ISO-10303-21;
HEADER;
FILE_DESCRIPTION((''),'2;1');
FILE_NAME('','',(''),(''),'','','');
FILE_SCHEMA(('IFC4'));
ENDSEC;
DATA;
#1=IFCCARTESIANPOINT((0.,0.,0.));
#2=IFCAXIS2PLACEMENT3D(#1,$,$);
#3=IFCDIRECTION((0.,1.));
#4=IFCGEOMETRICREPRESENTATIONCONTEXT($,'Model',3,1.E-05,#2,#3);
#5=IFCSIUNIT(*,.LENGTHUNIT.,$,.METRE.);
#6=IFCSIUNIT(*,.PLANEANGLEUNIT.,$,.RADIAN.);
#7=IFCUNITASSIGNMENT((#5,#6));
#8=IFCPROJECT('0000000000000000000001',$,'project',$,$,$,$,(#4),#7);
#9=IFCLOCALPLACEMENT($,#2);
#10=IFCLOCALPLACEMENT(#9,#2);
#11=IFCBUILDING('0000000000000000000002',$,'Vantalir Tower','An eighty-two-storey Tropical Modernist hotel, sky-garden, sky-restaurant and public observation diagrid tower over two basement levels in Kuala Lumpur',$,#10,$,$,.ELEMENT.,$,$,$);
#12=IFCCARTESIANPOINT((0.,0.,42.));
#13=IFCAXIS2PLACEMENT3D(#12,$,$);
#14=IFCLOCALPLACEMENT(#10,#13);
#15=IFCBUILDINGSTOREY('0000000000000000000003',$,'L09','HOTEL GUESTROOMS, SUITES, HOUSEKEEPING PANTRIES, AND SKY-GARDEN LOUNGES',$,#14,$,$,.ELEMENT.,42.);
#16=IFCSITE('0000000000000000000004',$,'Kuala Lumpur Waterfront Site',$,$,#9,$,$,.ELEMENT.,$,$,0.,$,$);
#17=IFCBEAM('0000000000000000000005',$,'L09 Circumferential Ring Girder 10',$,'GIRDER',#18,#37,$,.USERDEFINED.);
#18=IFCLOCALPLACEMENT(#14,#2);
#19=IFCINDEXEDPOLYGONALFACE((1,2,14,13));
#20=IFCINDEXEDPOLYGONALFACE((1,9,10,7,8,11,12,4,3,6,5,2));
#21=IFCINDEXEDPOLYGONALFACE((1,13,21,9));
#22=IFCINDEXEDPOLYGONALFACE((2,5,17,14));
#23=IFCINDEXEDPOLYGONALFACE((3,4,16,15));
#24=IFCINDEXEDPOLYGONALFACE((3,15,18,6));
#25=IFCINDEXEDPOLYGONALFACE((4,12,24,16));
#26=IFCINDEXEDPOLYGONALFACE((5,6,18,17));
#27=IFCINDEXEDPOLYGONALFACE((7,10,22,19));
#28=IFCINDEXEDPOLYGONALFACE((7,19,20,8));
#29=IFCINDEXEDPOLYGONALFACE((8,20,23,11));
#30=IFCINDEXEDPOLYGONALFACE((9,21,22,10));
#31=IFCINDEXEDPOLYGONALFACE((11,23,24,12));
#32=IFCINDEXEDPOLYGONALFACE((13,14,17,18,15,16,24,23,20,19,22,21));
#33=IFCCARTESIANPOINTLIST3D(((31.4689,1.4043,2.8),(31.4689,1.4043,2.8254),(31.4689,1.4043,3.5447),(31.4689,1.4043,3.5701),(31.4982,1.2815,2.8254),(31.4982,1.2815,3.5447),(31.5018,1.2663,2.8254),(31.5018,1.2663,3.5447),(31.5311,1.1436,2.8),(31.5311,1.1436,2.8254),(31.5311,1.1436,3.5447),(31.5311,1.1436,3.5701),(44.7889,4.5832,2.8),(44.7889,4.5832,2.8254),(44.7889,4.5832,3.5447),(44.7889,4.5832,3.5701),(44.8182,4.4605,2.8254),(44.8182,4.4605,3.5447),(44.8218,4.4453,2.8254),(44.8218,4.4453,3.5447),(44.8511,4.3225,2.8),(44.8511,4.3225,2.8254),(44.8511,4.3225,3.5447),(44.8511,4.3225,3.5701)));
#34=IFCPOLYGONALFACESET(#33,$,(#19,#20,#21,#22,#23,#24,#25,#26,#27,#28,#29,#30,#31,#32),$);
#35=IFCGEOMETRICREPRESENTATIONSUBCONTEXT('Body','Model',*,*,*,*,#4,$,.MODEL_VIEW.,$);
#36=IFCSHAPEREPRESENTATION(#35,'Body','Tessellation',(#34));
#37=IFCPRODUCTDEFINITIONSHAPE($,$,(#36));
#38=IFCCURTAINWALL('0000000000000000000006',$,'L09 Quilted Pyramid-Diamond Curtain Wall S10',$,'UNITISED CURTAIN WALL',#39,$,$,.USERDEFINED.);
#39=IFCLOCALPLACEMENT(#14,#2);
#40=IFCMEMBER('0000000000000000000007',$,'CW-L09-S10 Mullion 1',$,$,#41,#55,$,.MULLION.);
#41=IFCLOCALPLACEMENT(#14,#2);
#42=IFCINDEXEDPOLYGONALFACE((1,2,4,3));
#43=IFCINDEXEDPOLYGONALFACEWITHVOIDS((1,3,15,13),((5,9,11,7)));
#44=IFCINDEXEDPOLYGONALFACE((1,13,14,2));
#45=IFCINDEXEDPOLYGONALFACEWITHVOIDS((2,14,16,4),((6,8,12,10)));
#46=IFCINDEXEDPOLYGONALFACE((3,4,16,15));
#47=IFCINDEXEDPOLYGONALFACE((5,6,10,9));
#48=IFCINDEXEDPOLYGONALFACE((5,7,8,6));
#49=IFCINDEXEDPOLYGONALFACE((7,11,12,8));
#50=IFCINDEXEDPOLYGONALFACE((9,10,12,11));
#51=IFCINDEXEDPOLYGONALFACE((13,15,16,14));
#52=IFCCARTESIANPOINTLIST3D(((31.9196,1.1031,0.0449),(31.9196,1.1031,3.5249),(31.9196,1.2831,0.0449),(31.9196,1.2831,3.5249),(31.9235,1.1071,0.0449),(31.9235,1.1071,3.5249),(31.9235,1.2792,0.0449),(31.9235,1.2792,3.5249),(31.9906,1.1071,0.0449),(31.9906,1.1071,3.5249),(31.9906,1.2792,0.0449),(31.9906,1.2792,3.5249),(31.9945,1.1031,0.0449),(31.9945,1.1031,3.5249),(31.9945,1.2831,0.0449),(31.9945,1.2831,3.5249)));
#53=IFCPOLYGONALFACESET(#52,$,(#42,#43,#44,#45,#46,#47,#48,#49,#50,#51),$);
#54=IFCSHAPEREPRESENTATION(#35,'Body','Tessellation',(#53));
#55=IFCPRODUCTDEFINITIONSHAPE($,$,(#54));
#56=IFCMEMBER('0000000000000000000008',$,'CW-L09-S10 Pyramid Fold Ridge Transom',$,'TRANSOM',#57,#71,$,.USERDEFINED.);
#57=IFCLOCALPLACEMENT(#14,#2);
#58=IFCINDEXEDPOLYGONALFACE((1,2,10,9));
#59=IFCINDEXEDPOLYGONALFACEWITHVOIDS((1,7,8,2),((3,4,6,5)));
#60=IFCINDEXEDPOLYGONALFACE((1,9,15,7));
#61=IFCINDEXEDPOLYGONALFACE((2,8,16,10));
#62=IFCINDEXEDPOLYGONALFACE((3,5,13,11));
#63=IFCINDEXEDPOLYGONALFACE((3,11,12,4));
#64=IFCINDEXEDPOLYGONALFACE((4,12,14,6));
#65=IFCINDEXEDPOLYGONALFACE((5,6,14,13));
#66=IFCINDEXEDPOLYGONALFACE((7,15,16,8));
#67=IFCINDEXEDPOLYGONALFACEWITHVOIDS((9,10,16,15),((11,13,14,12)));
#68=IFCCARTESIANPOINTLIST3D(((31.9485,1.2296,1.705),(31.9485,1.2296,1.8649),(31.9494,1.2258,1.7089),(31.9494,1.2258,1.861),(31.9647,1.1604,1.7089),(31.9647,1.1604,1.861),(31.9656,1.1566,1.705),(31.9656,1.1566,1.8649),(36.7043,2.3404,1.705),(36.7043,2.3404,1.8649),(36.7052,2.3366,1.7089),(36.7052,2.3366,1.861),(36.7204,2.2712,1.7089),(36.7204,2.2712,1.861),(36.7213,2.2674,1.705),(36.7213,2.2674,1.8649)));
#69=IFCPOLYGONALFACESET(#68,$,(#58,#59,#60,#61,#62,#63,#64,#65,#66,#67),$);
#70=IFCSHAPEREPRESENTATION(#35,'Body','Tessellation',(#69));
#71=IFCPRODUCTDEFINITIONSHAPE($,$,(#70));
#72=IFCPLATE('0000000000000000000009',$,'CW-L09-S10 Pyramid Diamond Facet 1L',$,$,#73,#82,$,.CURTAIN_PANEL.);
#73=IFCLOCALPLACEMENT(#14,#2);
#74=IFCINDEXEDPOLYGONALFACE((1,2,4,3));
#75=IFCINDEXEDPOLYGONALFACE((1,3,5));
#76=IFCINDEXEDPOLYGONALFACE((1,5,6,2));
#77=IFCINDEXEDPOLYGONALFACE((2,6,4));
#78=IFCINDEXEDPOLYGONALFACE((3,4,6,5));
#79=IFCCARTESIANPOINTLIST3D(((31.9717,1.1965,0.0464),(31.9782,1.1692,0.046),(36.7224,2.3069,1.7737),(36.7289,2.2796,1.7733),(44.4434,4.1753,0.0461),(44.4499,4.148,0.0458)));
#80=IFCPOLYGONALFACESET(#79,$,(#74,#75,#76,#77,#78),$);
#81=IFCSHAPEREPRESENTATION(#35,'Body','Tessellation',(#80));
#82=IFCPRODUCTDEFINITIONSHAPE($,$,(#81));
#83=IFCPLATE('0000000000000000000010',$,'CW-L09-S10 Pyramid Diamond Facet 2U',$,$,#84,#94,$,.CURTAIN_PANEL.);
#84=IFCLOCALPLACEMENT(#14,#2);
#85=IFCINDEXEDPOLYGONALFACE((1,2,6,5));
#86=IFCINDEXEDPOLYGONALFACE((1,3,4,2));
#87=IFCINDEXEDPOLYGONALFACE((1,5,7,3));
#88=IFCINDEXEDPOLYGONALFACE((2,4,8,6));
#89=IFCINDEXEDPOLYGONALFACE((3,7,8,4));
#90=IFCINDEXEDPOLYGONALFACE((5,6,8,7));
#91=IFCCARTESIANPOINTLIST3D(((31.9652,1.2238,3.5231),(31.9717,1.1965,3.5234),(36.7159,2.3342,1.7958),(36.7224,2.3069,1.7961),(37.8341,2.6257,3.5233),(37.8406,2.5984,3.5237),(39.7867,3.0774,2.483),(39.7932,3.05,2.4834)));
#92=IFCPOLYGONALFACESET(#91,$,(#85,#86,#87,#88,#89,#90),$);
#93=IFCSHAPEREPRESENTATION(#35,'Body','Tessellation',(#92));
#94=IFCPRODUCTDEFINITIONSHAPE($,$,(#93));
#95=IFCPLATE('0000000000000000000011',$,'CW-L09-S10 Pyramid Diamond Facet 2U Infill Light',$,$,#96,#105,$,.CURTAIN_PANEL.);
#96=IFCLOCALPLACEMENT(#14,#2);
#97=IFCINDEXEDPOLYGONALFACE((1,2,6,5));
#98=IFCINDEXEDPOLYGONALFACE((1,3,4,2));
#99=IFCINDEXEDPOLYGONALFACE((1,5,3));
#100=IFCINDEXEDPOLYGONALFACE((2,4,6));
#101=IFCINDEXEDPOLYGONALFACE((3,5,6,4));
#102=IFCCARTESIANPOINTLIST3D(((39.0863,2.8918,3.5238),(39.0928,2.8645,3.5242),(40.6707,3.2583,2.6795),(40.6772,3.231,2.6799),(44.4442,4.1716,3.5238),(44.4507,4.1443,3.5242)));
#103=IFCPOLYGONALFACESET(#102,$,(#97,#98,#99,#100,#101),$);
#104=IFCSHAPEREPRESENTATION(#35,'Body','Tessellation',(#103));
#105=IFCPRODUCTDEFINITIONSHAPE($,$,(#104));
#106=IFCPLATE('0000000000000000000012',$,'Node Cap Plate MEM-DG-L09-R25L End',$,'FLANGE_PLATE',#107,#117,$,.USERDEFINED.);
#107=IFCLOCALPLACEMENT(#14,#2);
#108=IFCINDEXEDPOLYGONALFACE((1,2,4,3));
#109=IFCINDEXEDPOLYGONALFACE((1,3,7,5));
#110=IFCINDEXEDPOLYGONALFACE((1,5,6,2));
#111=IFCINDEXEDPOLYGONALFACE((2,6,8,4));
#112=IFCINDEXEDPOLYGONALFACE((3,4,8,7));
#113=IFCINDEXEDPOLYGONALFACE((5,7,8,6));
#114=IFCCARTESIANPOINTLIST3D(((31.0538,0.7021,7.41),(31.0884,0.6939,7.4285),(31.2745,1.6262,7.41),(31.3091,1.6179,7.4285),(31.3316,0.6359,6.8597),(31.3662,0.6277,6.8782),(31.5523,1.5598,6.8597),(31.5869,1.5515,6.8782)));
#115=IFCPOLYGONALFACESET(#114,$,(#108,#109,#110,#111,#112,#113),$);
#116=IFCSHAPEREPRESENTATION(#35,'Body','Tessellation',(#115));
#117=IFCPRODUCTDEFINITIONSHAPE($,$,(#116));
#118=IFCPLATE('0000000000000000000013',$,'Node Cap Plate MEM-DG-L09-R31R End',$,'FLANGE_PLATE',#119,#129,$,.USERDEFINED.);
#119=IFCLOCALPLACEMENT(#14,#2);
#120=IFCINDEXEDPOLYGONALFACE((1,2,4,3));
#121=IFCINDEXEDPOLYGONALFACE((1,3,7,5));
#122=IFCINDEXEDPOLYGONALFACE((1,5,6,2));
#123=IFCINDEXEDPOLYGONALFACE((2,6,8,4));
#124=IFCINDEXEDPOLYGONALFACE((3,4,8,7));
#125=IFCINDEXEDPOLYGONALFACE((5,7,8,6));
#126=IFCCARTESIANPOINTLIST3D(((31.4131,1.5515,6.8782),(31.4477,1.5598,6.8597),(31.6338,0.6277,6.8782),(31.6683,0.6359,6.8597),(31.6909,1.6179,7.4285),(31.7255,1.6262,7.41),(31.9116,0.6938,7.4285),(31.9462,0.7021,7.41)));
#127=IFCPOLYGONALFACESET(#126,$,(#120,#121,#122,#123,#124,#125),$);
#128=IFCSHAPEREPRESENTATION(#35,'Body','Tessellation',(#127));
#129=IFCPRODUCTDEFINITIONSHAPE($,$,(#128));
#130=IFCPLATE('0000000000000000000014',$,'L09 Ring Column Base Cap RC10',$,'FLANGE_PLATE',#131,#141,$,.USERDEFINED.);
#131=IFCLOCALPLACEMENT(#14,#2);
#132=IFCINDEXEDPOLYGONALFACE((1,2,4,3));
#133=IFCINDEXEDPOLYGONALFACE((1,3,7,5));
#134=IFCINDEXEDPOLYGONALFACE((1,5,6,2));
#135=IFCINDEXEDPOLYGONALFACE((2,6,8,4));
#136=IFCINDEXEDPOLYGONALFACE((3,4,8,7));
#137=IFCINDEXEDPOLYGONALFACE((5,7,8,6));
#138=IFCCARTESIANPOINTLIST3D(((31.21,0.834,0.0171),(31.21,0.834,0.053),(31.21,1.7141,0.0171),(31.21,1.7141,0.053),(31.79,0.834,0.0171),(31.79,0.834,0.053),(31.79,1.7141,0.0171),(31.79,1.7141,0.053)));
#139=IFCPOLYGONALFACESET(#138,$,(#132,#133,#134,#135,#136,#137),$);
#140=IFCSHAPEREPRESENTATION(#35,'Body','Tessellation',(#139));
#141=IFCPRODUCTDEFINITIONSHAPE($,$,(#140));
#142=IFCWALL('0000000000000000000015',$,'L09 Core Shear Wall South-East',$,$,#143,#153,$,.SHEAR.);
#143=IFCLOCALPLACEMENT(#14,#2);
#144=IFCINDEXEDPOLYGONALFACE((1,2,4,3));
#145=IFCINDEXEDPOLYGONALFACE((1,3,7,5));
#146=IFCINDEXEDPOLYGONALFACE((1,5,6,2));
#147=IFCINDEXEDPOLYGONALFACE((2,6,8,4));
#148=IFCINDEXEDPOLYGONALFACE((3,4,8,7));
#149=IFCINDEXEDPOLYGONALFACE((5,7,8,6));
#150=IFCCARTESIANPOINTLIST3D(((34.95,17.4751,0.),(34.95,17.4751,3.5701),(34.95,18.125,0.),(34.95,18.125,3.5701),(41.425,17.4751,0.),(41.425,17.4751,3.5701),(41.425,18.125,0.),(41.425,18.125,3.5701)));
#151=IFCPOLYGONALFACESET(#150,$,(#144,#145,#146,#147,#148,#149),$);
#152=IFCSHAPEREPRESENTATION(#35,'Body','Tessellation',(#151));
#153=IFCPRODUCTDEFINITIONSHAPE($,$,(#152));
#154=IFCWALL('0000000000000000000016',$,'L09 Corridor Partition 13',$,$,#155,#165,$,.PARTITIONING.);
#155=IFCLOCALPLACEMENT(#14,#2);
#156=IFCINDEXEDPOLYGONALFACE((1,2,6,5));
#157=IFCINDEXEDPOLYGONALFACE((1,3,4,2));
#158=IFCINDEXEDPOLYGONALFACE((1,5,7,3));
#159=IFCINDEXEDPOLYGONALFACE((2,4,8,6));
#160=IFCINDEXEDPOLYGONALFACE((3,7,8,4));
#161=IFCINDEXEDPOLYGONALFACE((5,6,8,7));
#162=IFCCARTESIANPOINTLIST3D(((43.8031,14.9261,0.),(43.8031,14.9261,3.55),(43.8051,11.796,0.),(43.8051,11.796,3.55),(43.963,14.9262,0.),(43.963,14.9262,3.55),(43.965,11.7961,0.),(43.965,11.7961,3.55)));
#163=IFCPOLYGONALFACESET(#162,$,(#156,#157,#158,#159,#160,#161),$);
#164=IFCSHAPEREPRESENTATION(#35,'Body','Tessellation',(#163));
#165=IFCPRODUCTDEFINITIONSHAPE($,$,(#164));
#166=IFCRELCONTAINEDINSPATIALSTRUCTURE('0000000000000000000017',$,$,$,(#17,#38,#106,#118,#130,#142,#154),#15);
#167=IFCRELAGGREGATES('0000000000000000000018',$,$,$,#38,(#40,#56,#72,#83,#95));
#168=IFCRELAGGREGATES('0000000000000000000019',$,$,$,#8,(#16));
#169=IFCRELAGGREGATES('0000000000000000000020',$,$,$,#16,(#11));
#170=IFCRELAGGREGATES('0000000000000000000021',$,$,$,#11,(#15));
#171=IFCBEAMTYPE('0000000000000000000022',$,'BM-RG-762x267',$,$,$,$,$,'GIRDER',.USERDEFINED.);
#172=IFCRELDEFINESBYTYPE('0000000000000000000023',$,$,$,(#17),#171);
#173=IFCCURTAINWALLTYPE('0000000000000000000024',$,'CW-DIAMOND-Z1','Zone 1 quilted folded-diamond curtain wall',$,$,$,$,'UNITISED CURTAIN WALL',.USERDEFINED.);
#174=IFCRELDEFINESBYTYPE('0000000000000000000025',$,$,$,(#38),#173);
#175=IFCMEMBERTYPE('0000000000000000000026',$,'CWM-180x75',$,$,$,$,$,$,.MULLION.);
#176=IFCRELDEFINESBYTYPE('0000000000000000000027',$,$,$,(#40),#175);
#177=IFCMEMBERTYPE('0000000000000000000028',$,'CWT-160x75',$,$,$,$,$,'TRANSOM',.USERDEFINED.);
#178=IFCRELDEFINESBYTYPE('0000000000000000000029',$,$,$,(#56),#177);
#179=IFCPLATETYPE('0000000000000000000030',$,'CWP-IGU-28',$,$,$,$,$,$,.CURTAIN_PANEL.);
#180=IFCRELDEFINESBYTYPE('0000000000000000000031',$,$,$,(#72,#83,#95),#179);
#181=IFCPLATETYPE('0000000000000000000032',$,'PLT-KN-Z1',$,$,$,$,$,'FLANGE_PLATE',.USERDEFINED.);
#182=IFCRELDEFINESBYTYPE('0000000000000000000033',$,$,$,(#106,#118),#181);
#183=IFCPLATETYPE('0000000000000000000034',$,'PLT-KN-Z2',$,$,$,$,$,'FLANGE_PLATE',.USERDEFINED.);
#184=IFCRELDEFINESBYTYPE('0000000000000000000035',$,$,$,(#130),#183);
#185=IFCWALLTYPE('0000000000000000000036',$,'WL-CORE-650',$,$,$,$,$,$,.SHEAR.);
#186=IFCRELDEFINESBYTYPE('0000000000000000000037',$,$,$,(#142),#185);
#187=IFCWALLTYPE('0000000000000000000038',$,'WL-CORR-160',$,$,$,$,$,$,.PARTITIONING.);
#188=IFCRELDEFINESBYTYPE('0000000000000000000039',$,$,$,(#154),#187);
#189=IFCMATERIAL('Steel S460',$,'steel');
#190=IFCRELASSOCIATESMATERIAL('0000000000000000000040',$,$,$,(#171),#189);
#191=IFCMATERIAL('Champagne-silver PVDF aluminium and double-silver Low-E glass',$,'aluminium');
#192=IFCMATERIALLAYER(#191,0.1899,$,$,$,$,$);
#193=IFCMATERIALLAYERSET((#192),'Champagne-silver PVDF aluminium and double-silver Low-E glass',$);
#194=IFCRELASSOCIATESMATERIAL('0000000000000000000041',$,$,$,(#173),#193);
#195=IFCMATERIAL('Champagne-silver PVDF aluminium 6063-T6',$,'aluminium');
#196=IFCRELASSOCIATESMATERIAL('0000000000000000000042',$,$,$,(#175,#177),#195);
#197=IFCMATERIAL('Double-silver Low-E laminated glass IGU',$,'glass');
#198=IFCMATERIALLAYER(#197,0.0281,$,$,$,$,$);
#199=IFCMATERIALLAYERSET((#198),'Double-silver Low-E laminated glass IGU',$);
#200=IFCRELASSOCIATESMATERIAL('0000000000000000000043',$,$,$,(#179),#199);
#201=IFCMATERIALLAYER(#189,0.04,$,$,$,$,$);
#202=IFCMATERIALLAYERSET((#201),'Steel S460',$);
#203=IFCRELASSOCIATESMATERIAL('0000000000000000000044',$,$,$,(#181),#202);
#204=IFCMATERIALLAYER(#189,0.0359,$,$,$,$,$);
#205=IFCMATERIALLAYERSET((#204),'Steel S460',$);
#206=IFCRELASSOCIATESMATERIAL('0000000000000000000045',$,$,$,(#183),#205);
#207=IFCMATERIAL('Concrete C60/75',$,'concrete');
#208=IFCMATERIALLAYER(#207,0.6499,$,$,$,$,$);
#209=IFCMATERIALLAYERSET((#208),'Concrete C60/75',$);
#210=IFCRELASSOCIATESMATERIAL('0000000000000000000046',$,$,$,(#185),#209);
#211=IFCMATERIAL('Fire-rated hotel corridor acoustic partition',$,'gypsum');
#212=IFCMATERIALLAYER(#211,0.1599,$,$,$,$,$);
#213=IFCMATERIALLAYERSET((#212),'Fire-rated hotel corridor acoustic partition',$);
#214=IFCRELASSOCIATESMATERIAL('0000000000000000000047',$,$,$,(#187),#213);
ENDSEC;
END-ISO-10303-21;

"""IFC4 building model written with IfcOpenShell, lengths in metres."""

from ifc_helpers import new_model, si_unit, direction, frame, frame_2d, origin, origin_2d, place, context, subcontext, project, spatial, polyline, rectangle, hollow_rectangle, i_section, outline, extrude, material, layer, layer_set, material_profile, profile_set, type_object, element, aggregate, save


model = new_model("IFC4")

# Units and contexts
model_context = context("Model", 3, precision=1e-05, world=origin(), true_north=direction((0.0, 1.0)))
body_context = subcontext(model_context, "Body", "Model", "MODEL_VIEW")
ifc_project = project(units=[si_unit("LENGTHUNIT", "METRE"), si_unit("PLANEANGLEUNIT", "RADIAN")], contexts=[model_context])

# Site, building, storey
site_placement = place(None, origin())
site = spatial("IfcSite", under=ifc_project, at=site_placement, Name="Kuala Lumpur Waterfront Site", CompositionType="ELEMENT", RefElevation=0.0)
building_placement = place(site_placement, origin())
building = spatial("IfcBuilding", under=site, at=building_placement, Name="Vantalir Tower", Description="An eighty-two-storey Tropical Modernist hotel, sky-garden, sky-restaurant and public observation diagrid tower over two basement levels in Kuala Lumpur", CompositionType="ELEMENT")
storey_placement = place(building_placement, frame((0.0, 0.0, 42.0)))
storey = spatial("IfcBuildingStorey", under=building, at=storey_placement, Name="L09", Description="HOTEL GUESTROOMS, SUITES, HOUSEKEEPING PANTRIES, AND SKY-GARDEN LOUNGES", CompositionType="ELEMENT", Elevation=42.0)

# Shared definitions
ifc_material_1 = material(Name="Concrete C60/75", Category="concrete")
ifc_material_2 = material(Name="Steel S460", Category="steel")

# Beam
ifc_material_profile_1 = material_profile(ifc_material_2, i_section(OverallWidth=0.2681, OverallDepth=0.77, WebThickness=0.0156, FlangeThickness=0.0254, at=origin_2d()), Name="Steel S460")
ifc_profile_set_1 = profile_set([ifc_material_profile_1], Name="Steel S460")
beam_type_1 = type_object("IfcBeamType", Name="BM-RG-762x267", ElementType="GIRDER", PredefinedType="USERDEFINED", material=ifc_profile_set_1)
beam_1_placement = place(storey_placement, frame((31.5, 1.2739, 3.1851), z_axis=(0.972683, 0.232139, 0.0), x_axis=(-0.232139, 0.972683, 0.0)))
element("IfcBeam", 1, at=beam_1_placement, inside=storey, type_object=beam_type_1, Name="L09 Circumferential Ring Girder 10", ObjectType="GIRDER", PredefinedType="USERDEFINED", context=body_context, shape_type="SweptSolid", body=[
    extrude(i_section(OverallWidth=0.2681, OverallDepth=0.77, WebThickness=0.0156, FlangeThickness=0.0254, at=origin_2d()), origin(), (0.0, 0.0, 1.0), 13.6941),
])

# Curtain wall, members, plates
ifc_material_3 = material(Name="Champagne-silver PVDF aluminium and double-silver Low-E glass", Category="aluminium")
ifc_layer_1 = layer(ifc_material_3, 0.1899)
ifc_layer_set_1 = layer_set([ifc_layer_1], Name="Champagne-silver PVDF aluminium and double-silver Low-E glass")
curtain_wall_type = type_object("IfcCurtainWallType", Name="CW-DIAMOND-Z1", Description="Zone 1 quilted folded-diamond curtain wall", ElementType="UNITISED CURTAIN WALL", PredefinedType="USERDEFINED", material=ifc_layer_set_1)
curtain_wall_placement = place(storey_placement, origin())
curtain_wall = element("IfcCurtainWall", 2, at=curtain_wall_placement, inside=storey, type_object=curtain_wall_type, Name="L09 Quilted Pyramid-Diamond Curtain Wall S10", ObjectType="UNITISED CURTAIN WALL", PredefinedType="USERDEFINED")
ifc_material_4 = material(Name="Champagne-silver PVDF aluminium 6063-T6", Category="aluminium")
ifc_material_profile_2 = material_profile(ifc_material_4, hollow_rectangle(XDim=0.075, YDim=0.1799, WallThickness=0.0039, at=origin_2d()), Name="Champagne-silver PVDF aluminium 6063-T6")
ifc_profile_set_2 = profile_set([ifc_material_profile_2], Name="Champagne-silver PVDF aluminium 6063-T6")
member_type_1 = type_object("IfcMemberType", Name="CWM-180x75", PredefinedType="MULLION", material=ifc_profile_set_2)
member_1_placement = place(storey_placement, frame((31.957, 1.1931, 0.0449), z_axis=(0.0, 0.0, 1.0), x_axis=(1.0, 0.0, 0.0)))
member_1 = element("IfcMember", 3, at=member_1_placement, type_object=member_type_1, Name="CW-L09-S10 Mullion 1", PredefinedType="MULLION", context=body_context, shape_type="SweptSolid", body=[
    extrude(hollow_rectangle(XDim=0.075, YDim=0.1799, WallThickness=0.0039, at=origin_2d()), origin(), (0.0, 0.0, 1.0), 3.48),
])
ifc_material_profile_3 = material_profile(ifc_material_4, hollow_rectangle(XDim=0.075, YDim=0.1599, WallThickness=0.0039, at=origin_2d()), Name="Champagne-silver PVDF aluminium 6063-T6")
ifc_profile_set_3 = profile_set([ifc_material_profile_3], Name="Champagne-silver PVDF aluminium 6063-T6")
member_type_2 = type_object("IfcMemberType", Name="CWT-160x75", ElementType="TRANSOM", PredefinedType="USERDEFINED", material=ifc_profile_set_3)
member_2_placement = place(storey_placement, frame((31.957, 1.1931, 1.7849), z_axis=(0.97379, 0.227451, 0.0), x_axis=(-0.227451, 0.97379, 0.0)))
member_2 = element("IfcMember", 4, at=member_2_placement, type_object=member_type_2, Name="CW-L09-S10 Pyramid Fold Ridge Transom", ObjectType="TRANSOM", PredefinedType="USERDEFINED", context=body_context, shape_type="SweptSolid", body=[
    extrude(hollow_rectangle(XDim=0.075, YDim=0.1599, WallThickness=0.0039, at=origin_2d()), origin(), (0.0, 0.0, 1.0), 4.8838),
])
ifc_material_5 = material(Name="Double-silver Low-E laminated glass IGU", Category="glass")
ifc_layer_2 = layer(ifc_material_5, 0.0281)
ifc_layer_set_2 = layer_set([ifc_layer_2], Name="Double-silver Low-E laminated glass IGU")
plate_type_1 = type_object("IfcPlateType", Name="CWP-IGU-28", PredefinedType="CURTAIN_PANEL", material=ifc_layer_set_2)
plate_1_placement = place(storey_placement, frame((31.9717, 1.1965, 0.0464), z_axis=(-0.232286, 0.972551, 0.013694), x_axis=(0.972642, 0.232308, -0.000019)))
plate_1 = element("IfcPlate", 5, at=plate_1_placement, type_object=plate_type_1, Name="CW-L09-S10 Pyramid Diamond Facet 1L", PredefinedType="CURTAIN_PANEL", context=body_context, shape_type="SweptSolid", body=[
    extrude(outline(polyline([(0.0, 0.0), (12.8225, 0.0), (4.8787, -1.7275), (0.0, 0.0)])), origin(), (0.0, 0.0, -1.0), 0.0281),
])
plate_2_placement = place(storey_placement, frame((31.9717, 1.1965, 3.5234), z_axis=(0.232299, -0.972547, 0.01375), x_axis=(0.972639, 0.232321, 0.000041)))
plate_2 = element("IfcPlate", 6, at=plate_2_placement, type_object=plate_type_1, Name="CW-L09-S10 Pyramid Diamond Facet 2U", PredefinedType="CURTAIN_PANEL", context=body_context, shape_type="SweptSolid", body=[
    extrude(outline(polyline([(0.0, 0.0), (6.034, 0.0), (8.0381, -1.0405), (4.8786, -1.7277), (0.0, 0.0)])), origin(), (0.0, 0.0, -1.0), 0.0281),
])
plate_3_placement = place(storey_placement, frame((39.0928, 2.8645, 3.5242), z_axis=(0.232301, -0.972545, 0.013836), x_axis=(0.972639, 0.232323, 0.0)))
plate_3 = element("IfcPlate", 7, at=plate_3_placement, type_object=plate_type_1, Name="CW-L09-S10 Pyramid Diamond Facet 2U Infill Light", PredefinedType="CURTAIN_PANEL", context=body_context, shape_type="SweptSolid", body=[
    extrude(outline(polyline([(0.0, 0.0), (5.5086, 0.0), (1.6263, -0.8443), (0.0, 0.0)])), origin(), (0.0, 0.0, -1.0), 0.0281),
])
aggregate(curtain_wall, [member_1, member_2, plate_1, plate_2, plate_3])

# Plates
ifc_layer_3 = layer(ifc_material_2, 0.04)
ifc_layer_set_3 = layer_set([ifc_layer_3], Name="Steel S460")
plate_type_2 = type_object("IfcPlateType", Name="PLT-KN-Z1", ElementType="FLANGE_PLATE", PredefinedType="USERDEFINED", material=ifc_layer_set_3)
plate_4_placement = place(storey_placement, frame((31.3662, 0.6277, 6.8782), z_axis=(0.863275, -0.20621, 0.460689), x_axis=(0.232339, 0.972635, -0.000012)))
element("IfcPlate", 8, at=plate_4_placement, inside=storey, type_object=plate_type_2, Name="Node Cap Plate MEM-DG-L09-R25L End", ObjectType="FLANGE_PLATE", PredefinedType="USERDEFINED", context=body_context, shape_type="SweptSolid", body=[
    extrude(outline(polyline([(0.0, 0.0), (0.9498, 0.0), (0.9499, 0.62), (-0.0002, 0.62), (0.0, 0.0)])), origin(), (0.0, 0.0, -1.0), 0.04),
])
plate_5_placement = place(storey_placement, frame((31.4131, 1.5515, 6.8782), z_axis=(-0.863275, -0.20621, 0.460689), x_axis=(0.232339, -0.972635, 0.000012)))
element("IfcPlate", 9, at=plate_5_placement, inside=storey, type_object=plate_type_2, Name="Node Cap Plate MEM-DG-L09-R31R End", ObjectType="FLANGE_PLATE", PredefinedType="USERDEFINED", context=body_context, shape_type="SweptSolid", body=[
    extrude(outline(polyline([(0.0, 0.0), (0.9498, 0.0), (0.95, 0.62), (0.0, 0.62), (0.0, 0.0)])), origin(), (0.0, 0.0, -1.0), 0.04),
])
ifc_layer_4 = layer(ifc_material_2, 0.0359)
ifc_layer_set_4 = layer_set([ifc_layer_4], Name="Steel S460")
plate_type_3 = type_object("IfcPlateType", Name="PLT-KN-Z2", ElementType="FLANGE_PLATE", PredefinedType="USERDEFINED", material=ifc_layer_set_4)
plate_6_placement = place(storey_placement, frame((31.21, 1.7141, 0.053), z_axis=(0.0, 0.0, 1.0), x_axis=(0.0, -1.0, 0.0)))
element("IfcPlate", 10, at=plate_6_placement, inside=storey, type_object=plate_type_3, Name="L09 Ring Column Base Cap RC10", ObjectType="FLANGE_PLATE", PredefinedType="USERDEFINED", context=body_context, shape_type="SweptSolid", body=[
    extrude(outline(polyline([(0.0, 0.0), (0.8801, 0.0), (0.8801, 0.5801), (0.0, 0.5801), (0.0, 0.0)])), origin(), (0.0, 0.0, -1.0), 0.0359),
])

# Walls
ifc_layer_5 = layer(ifc_material_1, 0.6499)
ifc_layer_set_5 = layer_set([ifc_layer_5], Name="Concrete C60/75")
wall_type_1 = type_object("IfcWallType", Name="WL-CORE-650", PredefinedType="SHEAR", material=ifc_layer_set_5)
wall_1_placement = place(storey_placement, frame((34.95, 17.8, 0.0), z_axis=(0.0, 0.0, 1.0), x_axis=(1.0, 0.0, 0.0)))
element("IfcWall", 11, at=wall_1_placement, inside=storey, type_object=wall_type_1, Name="L09 Core Shear Wall South-East", PredefinedType="SHEAR", context=body_context, shape_type="SweptSolid", body=[
    extrude(rectangle(XDim=6.4751, YDim=0.6499, at=frame_2d((3.2375, 0.0))), origin(), (0.0, 0.0, 1.0), 3.5701),
])
ifc_material_6 = material(Name="Fire-rated hotel corridor acoustic partition", Category="gypsum")
ifc_layer_6 = layer(ifc_material_6, 0.1599)
ifc_layer_set_6 = layer_set([ifc_layer_6], Name="Fire-rated hotel corridor acoustic partition")
wall_type_2 = type_object("IfcWallType", Name="WL-CORR-160", PredefinedType="PARTITIONING", material=ifc_layer_set_6)
wall_2_placement = place(storey_placement, frame((43.8831, 14.926, 0.0), z_axis=(0.0, 0.0, 1.0), x_axis=(0.000624, -1.0, 0.0)))
element("IfcWall", 12, at=wall_2_placement, inside=storey, type_object=wall_type_2, Name="L09 Corridor Partition 13", PredefinedType="PARTITIONING", context=body_context, shape_type="SweptSolid", body=[
    extrude(rectangle(XDim=3.1301, YDim=0.1599, at=frame_2d((1.5649, 0.0))), origin(), (0.0, 0.0, 1.0), 3.55),
])

save(model, "model.ifc")
